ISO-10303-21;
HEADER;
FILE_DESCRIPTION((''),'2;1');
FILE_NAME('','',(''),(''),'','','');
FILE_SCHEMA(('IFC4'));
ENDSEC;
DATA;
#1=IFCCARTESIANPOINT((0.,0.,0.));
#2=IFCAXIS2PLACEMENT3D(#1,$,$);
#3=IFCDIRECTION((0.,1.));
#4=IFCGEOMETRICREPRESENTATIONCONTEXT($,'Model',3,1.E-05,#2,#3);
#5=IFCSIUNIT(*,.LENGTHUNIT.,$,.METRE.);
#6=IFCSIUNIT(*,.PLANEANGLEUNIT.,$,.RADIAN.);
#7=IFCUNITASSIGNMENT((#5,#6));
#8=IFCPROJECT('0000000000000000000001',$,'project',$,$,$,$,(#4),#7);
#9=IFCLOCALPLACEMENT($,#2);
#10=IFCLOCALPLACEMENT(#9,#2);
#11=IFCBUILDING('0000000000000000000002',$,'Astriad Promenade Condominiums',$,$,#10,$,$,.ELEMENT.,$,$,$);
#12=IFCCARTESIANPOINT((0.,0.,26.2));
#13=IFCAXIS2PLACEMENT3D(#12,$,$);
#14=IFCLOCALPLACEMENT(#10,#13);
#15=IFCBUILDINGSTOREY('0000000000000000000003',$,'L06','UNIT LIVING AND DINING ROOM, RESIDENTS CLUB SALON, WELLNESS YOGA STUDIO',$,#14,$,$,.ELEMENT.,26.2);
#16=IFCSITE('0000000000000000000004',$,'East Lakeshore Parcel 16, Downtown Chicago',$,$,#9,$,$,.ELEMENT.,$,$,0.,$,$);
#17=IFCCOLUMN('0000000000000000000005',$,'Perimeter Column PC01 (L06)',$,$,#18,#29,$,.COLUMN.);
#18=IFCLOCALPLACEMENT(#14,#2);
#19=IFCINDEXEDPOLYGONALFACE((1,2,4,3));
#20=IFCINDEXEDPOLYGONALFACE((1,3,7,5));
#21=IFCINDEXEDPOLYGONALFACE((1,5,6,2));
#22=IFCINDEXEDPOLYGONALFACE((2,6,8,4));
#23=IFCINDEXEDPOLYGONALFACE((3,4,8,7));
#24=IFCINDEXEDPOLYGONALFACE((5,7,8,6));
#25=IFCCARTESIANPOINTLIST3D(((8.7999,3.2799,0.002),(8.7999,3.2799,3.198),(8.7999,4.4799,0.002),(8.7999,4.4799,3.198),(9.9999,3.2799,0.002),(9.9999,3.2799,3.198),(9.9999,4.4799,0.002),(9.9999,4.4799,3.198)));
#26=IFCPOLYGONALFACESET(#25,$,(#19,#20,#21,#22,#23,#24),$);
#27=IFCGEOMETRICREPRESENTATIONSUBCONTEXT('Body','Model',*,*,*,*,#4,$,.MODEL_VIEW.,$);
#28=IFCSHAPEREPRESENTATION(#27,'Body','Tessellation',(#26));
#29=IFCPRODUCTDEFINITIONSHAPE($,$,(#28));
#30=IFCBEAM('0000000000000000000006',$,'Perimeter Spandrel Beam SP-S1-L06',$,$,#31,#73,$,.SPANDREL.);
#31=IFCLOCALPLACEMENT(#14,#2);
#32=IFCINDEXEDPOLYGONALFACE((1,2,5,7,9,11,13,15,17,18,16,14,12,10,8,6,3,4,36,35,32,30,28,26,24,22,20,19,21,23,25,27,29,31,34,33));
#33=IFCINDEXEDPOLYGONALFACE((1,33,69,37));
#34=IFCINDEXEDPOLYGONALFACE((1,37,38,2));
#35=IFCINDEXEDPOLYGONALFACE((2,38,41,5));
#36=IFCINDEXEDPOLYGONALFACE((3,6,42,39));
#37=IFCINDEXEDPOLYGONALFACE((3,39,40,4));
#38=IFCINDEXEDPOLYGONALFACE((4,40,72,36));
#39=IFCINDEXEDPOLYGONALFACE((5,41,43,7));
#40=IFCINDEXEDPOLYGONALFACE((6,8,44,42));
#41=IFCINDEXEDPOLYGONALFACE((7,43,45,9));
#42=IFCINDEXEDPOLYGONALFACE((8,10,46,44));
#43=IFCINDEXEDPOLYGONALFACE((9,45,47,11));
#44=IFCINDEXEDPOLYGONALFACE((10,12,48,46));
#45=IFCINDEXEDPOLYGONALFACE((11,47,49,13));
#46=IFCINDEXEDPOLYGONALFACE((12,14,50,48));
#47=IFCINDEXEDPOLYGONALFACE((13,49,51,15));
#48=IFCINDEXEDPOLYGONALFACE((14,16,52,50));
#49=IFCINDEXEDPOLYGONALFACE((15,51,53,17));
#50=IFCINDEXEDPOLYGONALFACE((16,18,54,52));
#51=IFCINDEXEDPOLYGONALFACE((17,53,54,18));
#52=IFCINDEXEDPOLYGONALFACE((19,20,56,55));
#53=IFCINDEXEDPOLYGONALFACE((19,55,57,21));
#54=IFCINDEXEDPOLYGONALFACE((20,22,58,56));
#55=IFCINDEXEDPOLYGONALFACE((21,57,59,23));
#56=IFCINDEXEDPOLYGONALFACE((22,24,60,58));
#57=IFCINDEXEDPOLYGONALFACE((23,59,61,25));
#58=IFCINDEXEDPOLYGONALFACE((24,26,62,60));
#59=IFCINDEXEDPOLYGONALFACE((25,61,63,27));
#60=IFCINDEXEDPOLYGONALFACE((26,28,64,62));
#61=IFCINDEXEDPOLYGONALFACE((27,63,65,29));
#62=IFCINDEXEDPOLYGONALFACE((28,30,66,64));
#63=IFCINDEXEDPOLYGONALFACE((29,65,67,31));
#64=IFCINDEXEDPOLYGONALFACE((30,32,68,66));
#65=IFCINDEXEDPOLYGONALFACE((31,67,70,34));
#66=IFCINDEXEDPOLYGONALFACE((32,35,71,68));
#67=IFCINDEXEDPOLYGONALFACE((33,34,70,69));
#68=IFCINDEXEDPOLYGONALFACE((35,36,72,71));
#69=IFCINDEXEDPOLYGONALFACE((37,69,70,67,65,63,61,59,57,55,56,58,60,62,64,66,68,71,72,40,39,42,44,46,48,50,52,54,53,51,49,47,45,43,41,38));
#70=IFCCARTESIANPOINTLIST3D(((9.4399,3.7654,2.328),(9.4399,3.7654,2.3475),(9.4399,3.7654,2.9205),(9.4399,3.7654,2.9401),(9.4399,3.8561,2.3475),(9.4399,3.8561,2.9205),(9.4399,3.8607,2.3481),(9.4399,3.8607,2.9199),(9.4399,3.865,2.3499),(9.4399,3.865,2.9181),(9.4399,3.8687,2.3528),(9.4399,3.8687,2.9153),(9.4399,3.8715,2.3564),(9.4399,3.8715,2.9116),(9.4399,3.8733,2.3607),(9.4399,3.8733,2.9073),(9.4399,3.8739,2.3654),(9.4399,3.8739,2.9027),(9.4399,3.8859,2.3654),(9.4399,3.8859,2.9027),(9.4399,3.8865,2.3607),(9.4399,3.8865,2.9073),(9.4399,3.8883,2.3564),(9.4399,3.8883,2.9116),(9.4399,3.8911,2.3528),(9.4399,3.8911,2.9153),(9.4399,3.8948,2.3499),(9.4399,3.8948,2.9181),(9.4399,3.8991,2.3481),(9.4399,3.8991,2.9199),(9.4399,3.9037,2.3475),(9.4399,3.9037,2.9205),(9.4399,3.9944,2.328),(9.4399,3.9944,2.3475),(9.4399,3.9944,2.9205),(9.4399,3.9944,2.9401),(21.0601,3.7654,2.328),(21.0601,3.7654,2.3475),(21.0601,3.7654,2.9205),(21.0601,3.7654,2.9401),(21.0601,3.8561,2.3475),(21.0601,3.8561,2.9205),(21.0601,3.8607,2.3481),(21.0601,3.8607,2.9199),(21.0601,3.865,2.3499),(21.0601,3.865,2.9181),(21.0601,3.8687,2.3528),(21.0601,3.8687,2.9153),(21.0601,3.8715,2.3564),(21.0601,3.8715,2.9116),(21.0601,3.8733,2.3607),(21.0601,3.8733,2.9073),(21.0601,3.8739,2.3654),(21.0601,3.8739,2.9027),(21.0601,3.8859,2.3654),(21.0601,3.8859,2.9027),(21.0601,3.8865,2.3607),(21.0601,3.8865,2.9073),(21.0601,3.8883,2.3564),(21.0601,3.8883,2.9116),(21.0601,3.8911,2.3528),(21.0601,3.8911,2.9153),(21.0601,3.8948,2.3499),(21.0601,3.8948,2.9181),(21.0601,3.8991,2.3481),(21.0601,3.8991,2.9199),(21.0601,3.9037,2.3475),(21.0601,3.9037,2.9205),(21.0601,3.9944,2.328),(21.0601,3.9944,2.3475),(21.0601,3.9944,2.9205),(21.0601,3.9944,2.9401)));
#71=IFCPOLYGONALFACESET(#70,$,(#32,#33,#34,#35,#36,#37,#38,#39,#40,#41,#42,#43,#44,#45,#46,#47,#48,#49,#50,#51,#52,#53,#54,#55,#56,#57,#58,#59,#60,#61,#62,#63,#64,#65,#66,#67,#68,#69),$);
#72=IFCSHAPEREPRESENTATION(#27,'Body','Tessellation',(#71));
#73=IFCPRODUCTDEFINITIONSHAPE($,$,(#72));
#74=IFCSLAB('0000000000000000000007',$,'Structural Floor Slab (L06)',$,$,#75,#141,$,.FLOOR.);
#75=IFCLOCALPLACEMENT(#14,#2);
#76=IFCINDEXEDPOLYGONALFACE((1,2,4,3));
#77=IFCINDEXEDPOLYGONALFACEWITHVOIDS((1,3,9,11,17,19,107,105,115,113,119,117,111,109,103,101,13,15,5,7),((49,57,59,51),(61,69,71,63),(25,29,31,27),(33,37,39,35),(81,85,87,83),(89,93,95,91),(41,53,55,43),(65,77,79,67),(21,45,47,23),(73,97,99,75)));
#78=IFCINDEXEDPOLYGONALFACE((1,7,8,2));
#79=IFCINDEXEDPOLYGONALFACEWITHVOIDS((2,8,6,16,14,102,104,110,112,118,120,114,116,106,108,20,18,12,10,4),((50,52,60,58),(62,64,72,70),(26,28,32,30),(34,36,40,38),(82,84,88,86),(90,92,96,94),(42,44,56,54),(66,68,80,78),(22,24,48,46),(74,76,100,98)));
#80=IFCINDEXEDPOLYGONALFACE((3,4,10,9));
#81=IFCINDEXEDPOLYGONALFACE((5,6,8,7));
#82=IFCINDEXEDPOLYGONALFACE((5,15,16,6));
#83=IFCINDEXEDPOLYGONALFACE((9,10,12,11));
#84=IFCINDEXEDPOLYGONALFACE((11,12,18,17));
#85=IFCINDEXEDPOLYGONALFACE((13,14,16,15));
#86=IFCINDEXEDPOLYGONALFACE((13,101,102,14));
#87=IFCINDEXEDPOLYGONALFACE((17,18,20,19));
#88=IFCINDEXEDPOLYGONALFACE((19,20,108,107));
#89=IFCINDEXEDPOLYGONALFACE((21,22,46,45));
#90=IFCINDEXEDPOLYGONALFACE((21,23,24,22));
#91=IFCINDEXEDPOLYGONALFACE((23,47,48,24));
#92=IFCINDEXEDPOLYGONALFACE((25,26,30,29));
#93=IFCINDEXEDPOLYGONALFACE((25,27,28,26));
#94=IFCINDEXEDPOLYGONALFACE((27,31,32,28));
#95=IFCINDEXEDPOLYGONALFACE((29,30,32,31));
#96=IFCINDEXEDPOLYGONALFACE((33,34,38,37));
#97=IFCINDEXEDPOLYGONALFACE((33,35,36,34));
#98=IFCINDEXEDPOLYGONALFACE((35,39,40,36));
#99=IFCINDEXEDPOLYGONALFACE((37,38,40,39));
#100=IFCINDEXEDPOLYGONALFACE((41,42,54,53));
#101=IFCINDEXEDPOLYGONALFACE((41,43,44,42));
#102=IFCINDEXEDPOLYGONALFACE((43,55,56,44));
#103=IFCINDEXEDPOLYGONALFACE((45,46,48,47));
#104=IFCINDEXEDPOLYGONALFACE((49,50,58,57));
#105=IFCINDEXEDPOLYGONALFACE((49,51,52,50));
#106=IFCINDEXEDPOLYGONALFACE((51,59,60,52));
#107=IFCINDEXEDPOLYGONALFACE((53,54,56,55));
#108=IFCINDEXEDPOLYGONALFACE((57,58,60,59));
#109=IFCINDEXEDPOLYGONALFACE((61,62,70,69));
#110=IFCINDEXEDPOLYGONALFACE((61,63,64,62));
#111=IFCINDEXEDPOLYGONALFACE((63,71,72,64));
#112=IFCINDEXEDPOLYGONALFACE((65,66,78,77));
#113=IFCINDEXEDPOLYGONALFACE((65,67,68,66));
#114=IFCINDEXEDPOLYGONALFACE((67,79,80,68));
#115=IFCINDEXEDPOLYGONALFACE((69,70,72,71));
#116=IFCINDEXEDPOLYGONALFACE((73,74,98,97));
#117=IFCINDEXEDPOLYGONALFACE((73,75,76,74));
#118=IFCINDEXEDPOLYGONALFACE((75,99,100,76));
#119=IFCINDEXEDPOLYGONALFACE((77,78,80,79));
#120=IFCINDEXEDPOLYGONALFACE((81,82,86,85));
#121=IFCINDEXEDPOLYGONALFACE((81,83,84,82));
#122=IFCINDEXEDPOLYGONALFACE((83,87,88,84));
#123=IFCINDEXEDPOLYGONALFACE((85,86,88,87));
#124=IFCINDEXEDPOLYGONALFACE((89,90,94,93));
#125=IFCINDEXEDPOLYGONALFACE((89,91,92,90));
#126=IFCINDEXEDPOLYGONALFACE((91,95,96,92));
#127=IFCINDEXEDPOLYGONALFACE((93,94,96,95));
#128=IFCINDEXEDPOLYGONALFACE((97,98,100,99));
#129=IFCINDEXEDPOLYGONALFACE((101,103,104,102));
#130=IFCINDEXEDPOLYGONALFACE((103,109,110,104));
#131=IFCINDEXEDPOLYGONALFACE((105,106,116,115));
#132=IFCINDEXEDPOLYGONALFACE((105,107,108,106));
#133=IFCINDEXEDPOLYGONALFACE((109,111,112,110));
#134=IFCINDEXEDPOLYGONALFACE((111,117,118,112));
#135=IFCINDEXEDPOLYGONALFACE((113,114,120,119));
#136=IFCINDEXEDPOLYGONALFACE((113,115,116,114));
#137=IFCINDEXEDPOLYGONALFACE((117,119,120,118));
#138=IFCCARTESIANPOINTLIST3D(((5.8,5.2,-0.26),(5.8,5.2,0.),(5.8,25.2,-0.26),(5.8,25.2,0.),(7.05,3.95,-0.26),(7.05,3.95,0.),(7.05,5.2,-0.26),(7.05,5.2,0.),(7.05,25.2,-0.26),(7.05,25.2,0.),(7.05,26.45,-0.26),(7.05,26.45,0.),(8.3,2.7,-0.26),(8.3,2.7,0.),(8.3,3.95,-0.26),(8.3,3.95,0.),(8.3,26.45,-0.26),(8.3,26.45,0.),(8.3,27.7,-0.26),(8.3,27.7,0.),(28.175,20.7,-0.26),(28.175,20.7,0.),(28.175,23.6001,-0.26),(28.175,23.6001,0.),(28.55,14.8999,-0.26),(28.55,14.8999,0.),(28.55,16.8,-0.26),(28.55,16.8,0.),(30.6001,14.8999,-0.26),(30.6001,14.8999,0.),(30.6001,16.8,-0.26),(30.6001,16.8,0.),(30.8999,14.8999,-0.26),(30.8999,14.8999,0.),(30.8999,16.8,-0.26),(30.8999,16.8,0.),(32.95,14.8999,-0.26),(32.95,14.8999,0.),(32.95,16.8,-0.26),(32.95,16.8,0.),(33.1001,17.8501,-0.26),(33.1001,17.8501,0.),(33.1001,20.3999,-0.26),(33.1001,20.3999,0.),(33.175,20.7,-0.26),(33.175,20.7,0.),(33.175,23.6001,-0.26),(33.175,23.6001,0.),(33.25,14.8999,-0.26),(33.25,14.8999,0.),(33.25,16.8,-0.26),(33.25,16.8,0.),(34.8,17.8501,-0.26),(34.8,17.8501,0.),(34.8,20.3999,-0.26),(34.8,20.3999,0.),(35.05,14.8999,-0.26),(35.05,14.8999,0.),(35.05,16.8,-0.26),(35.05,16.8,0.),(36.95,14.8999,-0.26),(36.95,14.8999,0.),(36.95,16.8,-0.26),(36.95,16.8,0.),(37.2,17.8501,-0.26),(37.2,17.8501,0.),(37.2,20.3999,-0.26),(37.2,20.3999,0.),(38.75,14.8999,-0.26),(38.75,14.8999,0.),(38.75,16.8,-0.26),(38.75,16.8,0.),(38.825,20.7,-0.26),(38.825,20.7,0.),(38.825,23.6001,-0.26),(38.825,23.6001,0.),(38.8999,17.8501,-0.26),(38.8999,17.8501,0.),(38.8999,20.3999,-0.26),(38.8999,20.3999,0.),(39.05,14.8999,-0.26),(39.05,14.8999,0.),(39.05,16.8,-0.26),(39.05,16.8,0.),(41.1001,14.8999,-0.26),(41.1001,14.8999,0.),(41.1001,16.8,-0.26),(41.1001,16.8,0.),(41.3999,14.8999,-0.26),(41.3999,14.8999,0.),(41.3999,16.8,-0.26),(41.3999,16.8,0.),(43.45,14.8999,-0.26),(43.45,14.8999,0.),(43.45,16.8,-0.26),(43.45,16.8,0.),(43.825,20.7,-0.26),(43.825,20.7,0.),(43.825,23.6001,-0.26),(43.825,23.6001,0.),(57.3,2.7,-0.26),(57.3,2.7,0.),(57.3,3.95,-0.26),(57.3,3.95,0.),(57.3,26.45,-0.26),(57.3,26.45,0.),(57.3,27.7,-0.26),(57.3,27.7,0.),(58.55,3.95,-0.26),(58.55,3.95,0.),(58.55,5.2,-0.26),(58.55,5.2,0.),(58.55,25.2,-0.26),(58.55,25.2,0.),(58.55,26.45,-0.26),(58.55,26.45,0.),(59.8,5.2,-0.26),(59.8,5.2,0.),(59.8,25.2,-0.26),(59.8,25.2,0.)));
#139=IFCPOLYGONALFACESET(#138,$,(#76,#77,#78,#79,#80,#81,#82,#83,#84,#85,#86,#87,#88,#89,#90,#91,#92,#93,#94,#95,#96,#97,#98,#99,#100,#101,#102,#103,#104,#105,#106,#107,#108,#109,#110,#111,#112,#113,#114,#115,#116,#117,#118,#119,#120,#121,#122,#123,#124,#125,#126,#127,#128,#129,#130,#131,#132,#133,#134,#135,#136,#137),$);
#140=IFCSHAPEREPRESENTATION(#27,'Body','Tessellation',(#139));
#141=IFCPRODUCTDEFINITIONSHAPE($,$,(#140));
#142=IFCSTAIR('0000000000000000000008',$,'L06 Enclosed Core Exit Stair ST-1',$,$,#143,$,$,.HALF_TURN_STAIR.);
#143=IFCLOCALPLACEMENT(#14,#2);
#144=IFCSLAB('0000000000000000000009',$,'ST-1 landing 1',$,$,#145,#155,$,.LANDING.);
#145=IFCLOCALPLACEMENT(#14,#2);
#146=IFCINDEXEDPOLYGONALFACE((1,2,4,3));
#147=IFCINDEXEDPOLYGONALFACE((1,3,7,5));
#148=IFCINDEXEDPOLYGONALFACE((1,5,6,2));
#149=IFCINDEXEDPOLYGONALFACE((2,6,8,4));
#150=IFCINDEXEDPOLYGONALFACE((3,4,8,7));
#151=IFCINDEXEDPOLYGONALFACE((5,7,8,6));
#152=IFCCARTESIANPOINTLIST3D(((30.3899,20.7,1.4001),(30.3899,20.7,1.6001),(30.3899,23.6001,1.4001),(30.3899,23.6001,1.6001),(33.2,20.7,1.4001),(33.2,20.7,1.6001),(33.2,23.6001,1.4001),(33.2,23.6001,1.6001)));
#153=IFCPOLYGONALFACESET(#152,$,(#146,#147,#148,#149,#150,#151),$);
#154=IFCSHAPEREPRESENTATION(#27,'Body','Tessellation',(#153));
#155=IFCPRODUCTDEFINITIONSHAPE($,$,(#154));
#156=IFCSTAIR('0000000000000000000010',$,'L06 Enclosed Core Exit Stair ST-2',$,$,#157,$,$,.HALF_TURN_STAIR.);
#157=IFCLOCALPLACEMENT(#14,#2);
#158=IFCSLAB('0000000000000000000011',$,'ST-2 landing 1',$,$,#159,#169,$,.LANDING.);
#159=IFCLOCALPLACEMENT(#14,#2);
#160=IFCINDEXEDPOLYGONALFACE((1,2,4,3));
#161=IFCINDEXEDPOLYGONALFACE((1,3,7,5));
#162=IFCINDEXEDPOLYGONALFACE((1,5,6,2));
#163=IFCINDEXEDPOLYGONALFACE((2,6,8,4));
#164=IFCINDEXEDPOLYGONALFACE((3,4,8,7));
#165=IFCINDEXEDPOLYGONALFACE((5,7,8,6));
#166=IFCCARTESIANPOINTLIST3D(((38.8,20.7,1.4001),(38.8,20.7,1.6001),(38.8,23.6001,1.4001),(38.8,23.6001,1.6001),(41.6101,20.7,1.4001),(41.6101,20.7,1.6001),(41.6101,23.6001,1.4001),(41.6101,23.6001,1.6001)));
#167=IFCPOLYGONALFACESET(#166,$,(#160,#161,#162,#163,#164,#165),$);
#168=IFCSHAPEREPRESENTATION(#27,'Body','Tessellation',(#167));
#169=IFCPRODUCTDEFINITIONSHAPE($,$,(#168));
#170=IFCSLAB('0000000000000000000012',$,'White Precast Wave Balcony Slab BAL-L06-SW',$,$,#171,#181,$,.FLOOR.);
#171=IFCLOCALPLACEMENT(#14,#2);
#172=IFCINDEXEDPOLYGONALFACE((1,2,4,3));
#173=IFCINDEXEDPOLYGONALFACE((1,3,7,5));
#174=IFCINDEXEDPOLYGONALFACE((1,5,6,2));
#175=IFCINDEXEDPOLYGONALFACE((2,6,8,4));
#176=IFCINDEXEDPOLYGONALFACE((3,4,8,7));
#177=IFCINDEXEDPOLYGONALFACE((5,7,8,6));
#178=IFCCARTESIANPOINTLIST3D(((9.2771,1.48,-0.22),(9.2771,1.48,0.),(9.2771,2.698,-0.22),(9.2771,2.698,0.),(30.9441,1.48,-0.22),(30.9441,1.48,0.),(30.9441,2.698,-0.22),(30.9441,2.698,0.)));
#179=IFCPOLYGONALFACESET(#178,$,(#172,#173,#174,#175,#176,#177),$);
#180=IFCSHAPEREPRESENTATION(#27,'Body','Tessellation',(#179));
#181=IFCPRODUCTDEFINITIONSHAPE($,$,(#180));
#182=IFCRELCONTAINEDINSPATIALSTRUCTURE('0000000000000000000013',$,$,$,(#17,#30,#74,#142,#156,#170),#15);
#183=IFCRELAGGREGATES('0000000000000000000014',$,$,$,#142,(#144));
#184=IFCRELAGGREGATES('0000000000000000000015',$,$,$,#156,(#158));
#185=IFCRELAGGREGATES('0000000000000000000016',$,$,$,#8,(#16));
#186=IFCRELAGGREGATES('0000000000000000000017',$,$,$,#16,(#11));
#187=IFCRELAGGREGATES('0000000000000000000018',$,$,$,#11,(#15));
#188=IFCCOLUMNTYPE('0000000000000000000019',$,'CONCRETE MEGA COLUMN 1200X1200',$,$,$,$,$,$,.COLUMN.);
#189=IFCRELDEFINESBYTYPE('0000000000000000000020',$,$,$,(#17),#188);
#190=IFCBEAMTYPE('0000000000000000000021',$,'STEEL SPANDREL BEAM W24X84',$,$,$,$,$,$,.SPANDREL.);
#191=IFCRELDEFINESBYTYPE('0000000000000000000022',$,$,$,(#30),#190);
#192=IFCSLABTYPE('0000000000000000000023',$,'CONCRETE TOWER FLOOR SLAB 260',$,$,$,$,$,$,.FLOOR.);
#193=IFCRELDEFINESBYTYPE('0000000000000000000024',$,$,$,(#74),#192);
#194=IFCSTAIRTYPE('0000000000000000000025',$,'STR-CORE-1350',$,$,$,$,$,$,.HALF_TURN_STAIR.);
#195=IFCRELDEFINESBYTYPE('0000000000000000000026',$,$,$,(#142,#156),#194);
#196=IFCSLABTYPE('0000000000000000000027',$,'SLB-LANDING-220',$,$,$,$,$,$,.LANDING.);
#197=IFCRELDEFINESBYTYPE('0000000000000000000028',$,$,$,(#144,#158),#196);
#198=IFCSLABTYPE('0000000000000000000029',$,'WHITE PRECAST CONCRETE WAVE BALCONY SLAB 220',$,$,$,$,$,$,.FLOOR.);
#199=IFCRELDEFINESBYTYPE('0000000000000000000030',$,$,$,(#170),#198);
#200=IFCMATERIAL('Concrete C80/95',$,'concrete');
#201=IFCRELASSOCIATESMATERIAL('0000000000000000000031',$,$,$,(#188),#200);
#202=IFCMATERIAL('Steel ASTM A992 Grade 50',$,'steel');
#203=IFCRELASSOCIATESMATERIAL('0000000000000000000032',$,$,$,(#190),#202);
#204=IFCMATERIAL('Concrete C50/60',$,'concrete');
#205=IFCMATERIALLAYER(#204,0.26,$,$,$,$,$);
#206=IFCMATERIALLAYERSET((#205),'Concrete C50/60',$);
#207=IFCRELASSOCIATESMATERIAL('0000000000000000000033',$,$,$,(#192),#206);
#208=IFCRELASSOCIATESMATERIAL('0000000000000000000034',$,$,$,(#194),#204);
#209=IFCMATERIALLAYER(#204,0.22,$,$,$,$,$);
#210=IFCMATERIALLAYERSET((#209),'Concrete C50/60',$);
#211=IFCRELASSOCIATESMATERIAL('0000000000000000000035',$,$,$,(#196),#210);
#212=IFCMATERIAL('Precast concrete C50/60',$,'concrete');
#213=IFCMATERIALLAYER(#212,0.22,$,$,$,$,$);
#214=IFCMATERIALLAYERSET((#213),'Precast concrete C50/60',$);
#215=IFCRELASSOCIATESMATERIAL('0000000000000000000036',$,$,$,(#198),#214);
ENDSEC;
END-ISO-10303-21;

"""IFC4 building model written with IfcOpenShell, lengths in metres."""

from ifc_helpers import new_model, si_unit, direction, frame, origin, origin_2d, place, context, subcontext, project, spatial, polyline, rectangle, i_section, outline, extrude, source, transform, mapped, material, layer, layer_set, material_profile, profile_set, type_object, type_shapes, element, aggregate, save


model = new_model("IFC4")

# Units and contexts
model_context = context("Model", 3, precision=1e-05, world=origin(), true_north=direction((0.0, 1.0)))
body_context = subcontext(model_context, "Body", "Model", "MODEL_VIEW")
ifc_project = project(units=[si_unit("LENGTHUNIT", "METRE"), si_unit("PLANEANGLEUNIT", "RADIAN")], contexts=[model_context])

# Site, building, storey
site_placement = place(None, origin())
site = spatial("IfcSite", under=ifc_project, at=site_placement, Name="East Lakeshore Parcel 16, Downtown Chicago", CompositionType="ELEMENT", RefElevation=0.0)
building_placement = place(site_placement, origin())
building = spatial("IfcBuilding", under=site, at=building_placement, Name="Astriad Promenade Condominiums", CompositionType="ELEMENT")
storey_placement = place(building_placement, frame((0.0, 0.0, 26.2)))
storey = spatial("IfcBuildingStorey", under=building, at=storey_placement, Name="L06", Description="UNIT LIVING AND DINING ROOM, RESIDENTS CLUB SALON, WELLNESS YOGA STUDIO", CompositionType="ELEMENT", Elevation=26.2)

# Column
ifc_material_1 = material(Name="Concrete C80/95", Category="concrete")
ifc_material_profile_1 = material_profile(ifc_material_1, rectangle(XDim=1.2, YDim=1.2, at=origin_2d()), Name="RC-COL-1200X1200")
ifc_profile_set_1 = profile_set([ifc_material_profile_1], Name="Concrete C80/95")
column_type = type_object("IfcColumnType", Name="CONCRETE MEGA COLUMN 1200X1200", PredefinedType="COLUMN", material=ifc_profile_set_1)
shared_shape_1 = source(origin(), body_context, "Body", "SweptSolid", [
    extrude(rectangle(XDim=1.2, YDim=1.2, at=origin_2d()), origin(), (0.0, 0.0, 1.0), 3.196),
])
type_shapes(column_type, [shared_shape_1])
column_placement = place(storey_placement, frame((9.3999, 3.8799, 0.002), z_axis=(0.0, 0.0, 1.0), x_axis=(1.0, 0.0, 0.0)))
element("IfcColumn", 1, at=column_placement, inside=storey, type_object=column_type, Name="Perimeter Column PC01 (L06)", PredefinedType="COLUMN", context=body_context, shape_type="MappedRepresentation", body=[
    mapped(shared_shape_1, transform((0.0, 0.0, 0.0), scale=1.0)),
])

# Beam
ifc_material_2 = material(Name="Steel ASTM A992 Grade 50", Category="steel")
ifc_material_profile_2 = material_profile(ifc_material_2, i_section(OverallWidth=0.229, OverallDepth=0.6121, WebThickness=0.012, FlangeThickness=0.0195, FilletRadius=0.0178, at=origin_2d()), Name="W24X84")
ifc_profile_set_2 = profile_set([ifc_material_profile_2], Name="Steel ASTM A992 Grade 50")
beam_type = type_object("IfcBeamType", Name="STEEL SPANDREL BEAM W24X84", PredefinedType="SPANDREL", material=ifc_profile_set_2)
shared_shape_2 = source(origin(), body_context, "Body", "SweptSolid", [
    extrude(i_section(OverallWidth=0.229, OverallDepth=0.6121, WebThickness=0.012, FlangeThickness=0.0195, FilletRadius=0.0178, at=origin_2d()), origin(), (0.0, 0.0, 1.0), 11.6201),
])
type_shapes(beam_type, [shared_shape_2])
beam_placement = place(storey_placement, frame((9.4399, 3.8799, 2.634), z_axis=(1.0, 0.0, 0.0), x_axis=(0.0, 1.0, 0.0)))
element("IfcBeam", 2, at=beam_placement, inside=storey, type_object=beam_type, Name="Perimeter Spandrel Beam SP-S1-L06", PredefinedType="SPANDREL", context=body_context, shape_type="MappedRepresentation", body=[
    mapped(shared_shape_2, transform((0.0, 0.0, 0.0), scale=1.0)),
])

# Slab
ifc_material_3 = material(Name="Concrete C50/60", Category="concrete")
ifc_layer_1 = layer(ifc_material_3, 0.26)
ifc_layer_set_1 = layer_set([ifc_layer_1], Name="Concrete C50/60")
slab_type_1 = type_object("IfcSlabType", Name="CONCRETE TOWER FLOOR SLAB 260", PredefinedType="FLOOR", material=ifc_layer_set_1)
slab_1_placement = place(storey_placement, frame((0.0, 0.0, -0.26)))
element("IfcSlab", 3, at=slab_1_placement, inside=storey, type_object=slab_type_1, Name="Structural Floor Slab (L06)", PredefinedType="FLOOR", context=body_context, shape_type="SweptSolid", body=[
    extrude(outline(polyline([(8.3, 2.7), (57.3, 2.7), (57.3, 3.95), (58.55, 3.95), (58.55, 5.2), (59.8, 5.2), (59.8, 25.2), (58.55, 25.2), (58.55, 26.45), (57.3, 26.45), (57.3, 27.7), (8.3, 27.7), (8.3, 26.45), (7.05, 26.45), (7.05, 25.2), (5.8, 25.2), (5.8, 5.2), (7.05, 5.2), (7.05, 3.95), (8.3, 3.95), (8.3, 2.7)]), holes=[polyline([(28.175, 20.7), (33.175, 20.7), (33.175, 23.6001), (28.175, 23.6001), (28.175, 20.7)]), polyline([(38.825, 20.7), (43.825, 20.7), (43.825, 23.6001), (38.825, 23.6001), (38.825, 20.7)]), polyline([(33.1001, 17.8501), (34.8, 17.8501), (34.8, 20.3999), (33.1001, 20.3999), (33.1001, 17.8501)]), polyline([(37.2, 17.8501), (38.8999, 17.8501), (38.8999, 20.3999), (37.2, 20.3999), (37.2, 17.8501)]), polyline([(28.55, 14.8999), (30.6001, 14.8999), (30.6001, 16.8), (28.55, 16.8), (28.55, 14.8999)]), polyline([(30.8999, 14.8999), (32.95, 14.8999), (32.95, 16.8), (30.8999, 16.8), (30.8999, 14.8999)]), polyline([(33.25, 14.8999), (35.05, 14.8999), (35.05, 16.8), (33.25, 16.8), (33.25, 14.8999)]), polyline([(36.95, 14.8999), (38.75, 14.8999), (38.75, 16.8), (36.95, 16.8), (36.95, 14.8999)]), polyline([(39.05, 14.8999), (41.1001, 14.8999), (41.1001, 16.8), (39.05, 16.8), (39.05, 14.8999)]), polyline([(41.3999, 14.8999), (43.45, 14.8999), (43.45, 16.8), (41.3999, 16.8), (41.3999, 14.8999)])]), origin(), (0.0, 0.0, 1.0), 0.26),
])

# Stairs, slabs
stair_type = type_object("IfcStairType", Name="STR-CORE-1350", PredefinedType="HALF_TURN_STAIR", material=ifc_material_3)
stair_1_placement = place(storey_placement, origin())
stair_1 = element("IfcStair", 4, at=stair_1_placement, inside=storey, type_object=stair_type, Name="L06 Enclosed Core Exit Stair ST-1", PredefinedType="HALF_TURN_STAIR")
ifc_layer_2 = layer(ifc_material_3, 0.22)
ifc_layer_set_2 = layer_set([ifc_layer_2], Name="Concrete C50/60")
slab_type_2 = type_object("IfcSlabType", Name="SLB-LANDING-220", PredefinedType="LANDING", material=ifc_layer_set_2)
slab_2_placement = place(storey_placement, frame((0.0, 0.0, 1.4001)))
slab_2 = element("IfcSlab", 5, at=slab_2_placement, type_object=slab_type_2, Name="ST-1 landing 1", PredefinedType="LANDING", context=body_context, shape_type="SweptSolid", body=[
    extrude(outline(polyline([(30.3899, 20.7), (33.2, 20.7), (33.2, 23.6001), (30.3899, 23.6001), (30.3899, 20.7)])), origin(), (0.0, 0.0, 1.0), 0.2),
])
aggregate(stair_1, [slab_2])
stair_2_placement = place(storey_placement, origin())
stair_2 = element("IfcStair", 6, at=stair_2_placement, inside=storey, type_object=stair_type, Name="L06 Enclosed Core Exit Stair ST-2", PredefinedType="HALF_TURN_STAIR")
slab_3_placement = place(storey_placement, frame((0.0, 0.0, 1.4001)))
slab_3 = element("IfcSlab", 7, at=slab_3_placement, type_object=slab_type_2, Name="ST-2 landing 1", PredefinedType="LANDING", context=body_context, shape_type="SweptSolid", body=[
    extrude(outline(polyline([(41.6101, 23.6001), (38.8, 23.6001), (38.8, 20.7), (41.6101, 20.7), (41.6101, 23.6001)])), origin(), (0.0, 0.0, 1.0), 0.2),
])
aggregate(stair_2, [slab_3])

# Slab
ifc_material_4 = material(Name="Precast concrete C50/60", Category="concrete")
ifc_layer_3 = layer(ifc_material_4, 0.22)
ifc_layer_set_3 = layer_set([ifc_layer_3], Name="Precast concrete C50/60")
slab_type_3 = type_object("IfcSlabType", Name="WHITE PRECAST CONCRETE WAVE BALCONY SLAB 220", PredefinedType="FLOOR", material=ifc_layer_set_3)
slab_4_placement = place(storey_placement, frame((0.0, 0.0, -0.22)))
element("IfcSlab", 8, at=slab_4_placement, inside=storey, type_object=slab_type_3, Name="White Precast Wave Balcony Slab BAL-L06-SW", PredefinedType="FLOOR", context=body_context, shape_type="SweptSolid", body=[
    extrude(outline(polyline([(30.9441, 1.48), (9.2771, 1.48), (9.2771, 2.698), (30.9441, 2.698), (30.9441, 1.48)])), origin(), (0.0, 0.0, 1.0), 0.22),
])

save(model, "model.ifc")
